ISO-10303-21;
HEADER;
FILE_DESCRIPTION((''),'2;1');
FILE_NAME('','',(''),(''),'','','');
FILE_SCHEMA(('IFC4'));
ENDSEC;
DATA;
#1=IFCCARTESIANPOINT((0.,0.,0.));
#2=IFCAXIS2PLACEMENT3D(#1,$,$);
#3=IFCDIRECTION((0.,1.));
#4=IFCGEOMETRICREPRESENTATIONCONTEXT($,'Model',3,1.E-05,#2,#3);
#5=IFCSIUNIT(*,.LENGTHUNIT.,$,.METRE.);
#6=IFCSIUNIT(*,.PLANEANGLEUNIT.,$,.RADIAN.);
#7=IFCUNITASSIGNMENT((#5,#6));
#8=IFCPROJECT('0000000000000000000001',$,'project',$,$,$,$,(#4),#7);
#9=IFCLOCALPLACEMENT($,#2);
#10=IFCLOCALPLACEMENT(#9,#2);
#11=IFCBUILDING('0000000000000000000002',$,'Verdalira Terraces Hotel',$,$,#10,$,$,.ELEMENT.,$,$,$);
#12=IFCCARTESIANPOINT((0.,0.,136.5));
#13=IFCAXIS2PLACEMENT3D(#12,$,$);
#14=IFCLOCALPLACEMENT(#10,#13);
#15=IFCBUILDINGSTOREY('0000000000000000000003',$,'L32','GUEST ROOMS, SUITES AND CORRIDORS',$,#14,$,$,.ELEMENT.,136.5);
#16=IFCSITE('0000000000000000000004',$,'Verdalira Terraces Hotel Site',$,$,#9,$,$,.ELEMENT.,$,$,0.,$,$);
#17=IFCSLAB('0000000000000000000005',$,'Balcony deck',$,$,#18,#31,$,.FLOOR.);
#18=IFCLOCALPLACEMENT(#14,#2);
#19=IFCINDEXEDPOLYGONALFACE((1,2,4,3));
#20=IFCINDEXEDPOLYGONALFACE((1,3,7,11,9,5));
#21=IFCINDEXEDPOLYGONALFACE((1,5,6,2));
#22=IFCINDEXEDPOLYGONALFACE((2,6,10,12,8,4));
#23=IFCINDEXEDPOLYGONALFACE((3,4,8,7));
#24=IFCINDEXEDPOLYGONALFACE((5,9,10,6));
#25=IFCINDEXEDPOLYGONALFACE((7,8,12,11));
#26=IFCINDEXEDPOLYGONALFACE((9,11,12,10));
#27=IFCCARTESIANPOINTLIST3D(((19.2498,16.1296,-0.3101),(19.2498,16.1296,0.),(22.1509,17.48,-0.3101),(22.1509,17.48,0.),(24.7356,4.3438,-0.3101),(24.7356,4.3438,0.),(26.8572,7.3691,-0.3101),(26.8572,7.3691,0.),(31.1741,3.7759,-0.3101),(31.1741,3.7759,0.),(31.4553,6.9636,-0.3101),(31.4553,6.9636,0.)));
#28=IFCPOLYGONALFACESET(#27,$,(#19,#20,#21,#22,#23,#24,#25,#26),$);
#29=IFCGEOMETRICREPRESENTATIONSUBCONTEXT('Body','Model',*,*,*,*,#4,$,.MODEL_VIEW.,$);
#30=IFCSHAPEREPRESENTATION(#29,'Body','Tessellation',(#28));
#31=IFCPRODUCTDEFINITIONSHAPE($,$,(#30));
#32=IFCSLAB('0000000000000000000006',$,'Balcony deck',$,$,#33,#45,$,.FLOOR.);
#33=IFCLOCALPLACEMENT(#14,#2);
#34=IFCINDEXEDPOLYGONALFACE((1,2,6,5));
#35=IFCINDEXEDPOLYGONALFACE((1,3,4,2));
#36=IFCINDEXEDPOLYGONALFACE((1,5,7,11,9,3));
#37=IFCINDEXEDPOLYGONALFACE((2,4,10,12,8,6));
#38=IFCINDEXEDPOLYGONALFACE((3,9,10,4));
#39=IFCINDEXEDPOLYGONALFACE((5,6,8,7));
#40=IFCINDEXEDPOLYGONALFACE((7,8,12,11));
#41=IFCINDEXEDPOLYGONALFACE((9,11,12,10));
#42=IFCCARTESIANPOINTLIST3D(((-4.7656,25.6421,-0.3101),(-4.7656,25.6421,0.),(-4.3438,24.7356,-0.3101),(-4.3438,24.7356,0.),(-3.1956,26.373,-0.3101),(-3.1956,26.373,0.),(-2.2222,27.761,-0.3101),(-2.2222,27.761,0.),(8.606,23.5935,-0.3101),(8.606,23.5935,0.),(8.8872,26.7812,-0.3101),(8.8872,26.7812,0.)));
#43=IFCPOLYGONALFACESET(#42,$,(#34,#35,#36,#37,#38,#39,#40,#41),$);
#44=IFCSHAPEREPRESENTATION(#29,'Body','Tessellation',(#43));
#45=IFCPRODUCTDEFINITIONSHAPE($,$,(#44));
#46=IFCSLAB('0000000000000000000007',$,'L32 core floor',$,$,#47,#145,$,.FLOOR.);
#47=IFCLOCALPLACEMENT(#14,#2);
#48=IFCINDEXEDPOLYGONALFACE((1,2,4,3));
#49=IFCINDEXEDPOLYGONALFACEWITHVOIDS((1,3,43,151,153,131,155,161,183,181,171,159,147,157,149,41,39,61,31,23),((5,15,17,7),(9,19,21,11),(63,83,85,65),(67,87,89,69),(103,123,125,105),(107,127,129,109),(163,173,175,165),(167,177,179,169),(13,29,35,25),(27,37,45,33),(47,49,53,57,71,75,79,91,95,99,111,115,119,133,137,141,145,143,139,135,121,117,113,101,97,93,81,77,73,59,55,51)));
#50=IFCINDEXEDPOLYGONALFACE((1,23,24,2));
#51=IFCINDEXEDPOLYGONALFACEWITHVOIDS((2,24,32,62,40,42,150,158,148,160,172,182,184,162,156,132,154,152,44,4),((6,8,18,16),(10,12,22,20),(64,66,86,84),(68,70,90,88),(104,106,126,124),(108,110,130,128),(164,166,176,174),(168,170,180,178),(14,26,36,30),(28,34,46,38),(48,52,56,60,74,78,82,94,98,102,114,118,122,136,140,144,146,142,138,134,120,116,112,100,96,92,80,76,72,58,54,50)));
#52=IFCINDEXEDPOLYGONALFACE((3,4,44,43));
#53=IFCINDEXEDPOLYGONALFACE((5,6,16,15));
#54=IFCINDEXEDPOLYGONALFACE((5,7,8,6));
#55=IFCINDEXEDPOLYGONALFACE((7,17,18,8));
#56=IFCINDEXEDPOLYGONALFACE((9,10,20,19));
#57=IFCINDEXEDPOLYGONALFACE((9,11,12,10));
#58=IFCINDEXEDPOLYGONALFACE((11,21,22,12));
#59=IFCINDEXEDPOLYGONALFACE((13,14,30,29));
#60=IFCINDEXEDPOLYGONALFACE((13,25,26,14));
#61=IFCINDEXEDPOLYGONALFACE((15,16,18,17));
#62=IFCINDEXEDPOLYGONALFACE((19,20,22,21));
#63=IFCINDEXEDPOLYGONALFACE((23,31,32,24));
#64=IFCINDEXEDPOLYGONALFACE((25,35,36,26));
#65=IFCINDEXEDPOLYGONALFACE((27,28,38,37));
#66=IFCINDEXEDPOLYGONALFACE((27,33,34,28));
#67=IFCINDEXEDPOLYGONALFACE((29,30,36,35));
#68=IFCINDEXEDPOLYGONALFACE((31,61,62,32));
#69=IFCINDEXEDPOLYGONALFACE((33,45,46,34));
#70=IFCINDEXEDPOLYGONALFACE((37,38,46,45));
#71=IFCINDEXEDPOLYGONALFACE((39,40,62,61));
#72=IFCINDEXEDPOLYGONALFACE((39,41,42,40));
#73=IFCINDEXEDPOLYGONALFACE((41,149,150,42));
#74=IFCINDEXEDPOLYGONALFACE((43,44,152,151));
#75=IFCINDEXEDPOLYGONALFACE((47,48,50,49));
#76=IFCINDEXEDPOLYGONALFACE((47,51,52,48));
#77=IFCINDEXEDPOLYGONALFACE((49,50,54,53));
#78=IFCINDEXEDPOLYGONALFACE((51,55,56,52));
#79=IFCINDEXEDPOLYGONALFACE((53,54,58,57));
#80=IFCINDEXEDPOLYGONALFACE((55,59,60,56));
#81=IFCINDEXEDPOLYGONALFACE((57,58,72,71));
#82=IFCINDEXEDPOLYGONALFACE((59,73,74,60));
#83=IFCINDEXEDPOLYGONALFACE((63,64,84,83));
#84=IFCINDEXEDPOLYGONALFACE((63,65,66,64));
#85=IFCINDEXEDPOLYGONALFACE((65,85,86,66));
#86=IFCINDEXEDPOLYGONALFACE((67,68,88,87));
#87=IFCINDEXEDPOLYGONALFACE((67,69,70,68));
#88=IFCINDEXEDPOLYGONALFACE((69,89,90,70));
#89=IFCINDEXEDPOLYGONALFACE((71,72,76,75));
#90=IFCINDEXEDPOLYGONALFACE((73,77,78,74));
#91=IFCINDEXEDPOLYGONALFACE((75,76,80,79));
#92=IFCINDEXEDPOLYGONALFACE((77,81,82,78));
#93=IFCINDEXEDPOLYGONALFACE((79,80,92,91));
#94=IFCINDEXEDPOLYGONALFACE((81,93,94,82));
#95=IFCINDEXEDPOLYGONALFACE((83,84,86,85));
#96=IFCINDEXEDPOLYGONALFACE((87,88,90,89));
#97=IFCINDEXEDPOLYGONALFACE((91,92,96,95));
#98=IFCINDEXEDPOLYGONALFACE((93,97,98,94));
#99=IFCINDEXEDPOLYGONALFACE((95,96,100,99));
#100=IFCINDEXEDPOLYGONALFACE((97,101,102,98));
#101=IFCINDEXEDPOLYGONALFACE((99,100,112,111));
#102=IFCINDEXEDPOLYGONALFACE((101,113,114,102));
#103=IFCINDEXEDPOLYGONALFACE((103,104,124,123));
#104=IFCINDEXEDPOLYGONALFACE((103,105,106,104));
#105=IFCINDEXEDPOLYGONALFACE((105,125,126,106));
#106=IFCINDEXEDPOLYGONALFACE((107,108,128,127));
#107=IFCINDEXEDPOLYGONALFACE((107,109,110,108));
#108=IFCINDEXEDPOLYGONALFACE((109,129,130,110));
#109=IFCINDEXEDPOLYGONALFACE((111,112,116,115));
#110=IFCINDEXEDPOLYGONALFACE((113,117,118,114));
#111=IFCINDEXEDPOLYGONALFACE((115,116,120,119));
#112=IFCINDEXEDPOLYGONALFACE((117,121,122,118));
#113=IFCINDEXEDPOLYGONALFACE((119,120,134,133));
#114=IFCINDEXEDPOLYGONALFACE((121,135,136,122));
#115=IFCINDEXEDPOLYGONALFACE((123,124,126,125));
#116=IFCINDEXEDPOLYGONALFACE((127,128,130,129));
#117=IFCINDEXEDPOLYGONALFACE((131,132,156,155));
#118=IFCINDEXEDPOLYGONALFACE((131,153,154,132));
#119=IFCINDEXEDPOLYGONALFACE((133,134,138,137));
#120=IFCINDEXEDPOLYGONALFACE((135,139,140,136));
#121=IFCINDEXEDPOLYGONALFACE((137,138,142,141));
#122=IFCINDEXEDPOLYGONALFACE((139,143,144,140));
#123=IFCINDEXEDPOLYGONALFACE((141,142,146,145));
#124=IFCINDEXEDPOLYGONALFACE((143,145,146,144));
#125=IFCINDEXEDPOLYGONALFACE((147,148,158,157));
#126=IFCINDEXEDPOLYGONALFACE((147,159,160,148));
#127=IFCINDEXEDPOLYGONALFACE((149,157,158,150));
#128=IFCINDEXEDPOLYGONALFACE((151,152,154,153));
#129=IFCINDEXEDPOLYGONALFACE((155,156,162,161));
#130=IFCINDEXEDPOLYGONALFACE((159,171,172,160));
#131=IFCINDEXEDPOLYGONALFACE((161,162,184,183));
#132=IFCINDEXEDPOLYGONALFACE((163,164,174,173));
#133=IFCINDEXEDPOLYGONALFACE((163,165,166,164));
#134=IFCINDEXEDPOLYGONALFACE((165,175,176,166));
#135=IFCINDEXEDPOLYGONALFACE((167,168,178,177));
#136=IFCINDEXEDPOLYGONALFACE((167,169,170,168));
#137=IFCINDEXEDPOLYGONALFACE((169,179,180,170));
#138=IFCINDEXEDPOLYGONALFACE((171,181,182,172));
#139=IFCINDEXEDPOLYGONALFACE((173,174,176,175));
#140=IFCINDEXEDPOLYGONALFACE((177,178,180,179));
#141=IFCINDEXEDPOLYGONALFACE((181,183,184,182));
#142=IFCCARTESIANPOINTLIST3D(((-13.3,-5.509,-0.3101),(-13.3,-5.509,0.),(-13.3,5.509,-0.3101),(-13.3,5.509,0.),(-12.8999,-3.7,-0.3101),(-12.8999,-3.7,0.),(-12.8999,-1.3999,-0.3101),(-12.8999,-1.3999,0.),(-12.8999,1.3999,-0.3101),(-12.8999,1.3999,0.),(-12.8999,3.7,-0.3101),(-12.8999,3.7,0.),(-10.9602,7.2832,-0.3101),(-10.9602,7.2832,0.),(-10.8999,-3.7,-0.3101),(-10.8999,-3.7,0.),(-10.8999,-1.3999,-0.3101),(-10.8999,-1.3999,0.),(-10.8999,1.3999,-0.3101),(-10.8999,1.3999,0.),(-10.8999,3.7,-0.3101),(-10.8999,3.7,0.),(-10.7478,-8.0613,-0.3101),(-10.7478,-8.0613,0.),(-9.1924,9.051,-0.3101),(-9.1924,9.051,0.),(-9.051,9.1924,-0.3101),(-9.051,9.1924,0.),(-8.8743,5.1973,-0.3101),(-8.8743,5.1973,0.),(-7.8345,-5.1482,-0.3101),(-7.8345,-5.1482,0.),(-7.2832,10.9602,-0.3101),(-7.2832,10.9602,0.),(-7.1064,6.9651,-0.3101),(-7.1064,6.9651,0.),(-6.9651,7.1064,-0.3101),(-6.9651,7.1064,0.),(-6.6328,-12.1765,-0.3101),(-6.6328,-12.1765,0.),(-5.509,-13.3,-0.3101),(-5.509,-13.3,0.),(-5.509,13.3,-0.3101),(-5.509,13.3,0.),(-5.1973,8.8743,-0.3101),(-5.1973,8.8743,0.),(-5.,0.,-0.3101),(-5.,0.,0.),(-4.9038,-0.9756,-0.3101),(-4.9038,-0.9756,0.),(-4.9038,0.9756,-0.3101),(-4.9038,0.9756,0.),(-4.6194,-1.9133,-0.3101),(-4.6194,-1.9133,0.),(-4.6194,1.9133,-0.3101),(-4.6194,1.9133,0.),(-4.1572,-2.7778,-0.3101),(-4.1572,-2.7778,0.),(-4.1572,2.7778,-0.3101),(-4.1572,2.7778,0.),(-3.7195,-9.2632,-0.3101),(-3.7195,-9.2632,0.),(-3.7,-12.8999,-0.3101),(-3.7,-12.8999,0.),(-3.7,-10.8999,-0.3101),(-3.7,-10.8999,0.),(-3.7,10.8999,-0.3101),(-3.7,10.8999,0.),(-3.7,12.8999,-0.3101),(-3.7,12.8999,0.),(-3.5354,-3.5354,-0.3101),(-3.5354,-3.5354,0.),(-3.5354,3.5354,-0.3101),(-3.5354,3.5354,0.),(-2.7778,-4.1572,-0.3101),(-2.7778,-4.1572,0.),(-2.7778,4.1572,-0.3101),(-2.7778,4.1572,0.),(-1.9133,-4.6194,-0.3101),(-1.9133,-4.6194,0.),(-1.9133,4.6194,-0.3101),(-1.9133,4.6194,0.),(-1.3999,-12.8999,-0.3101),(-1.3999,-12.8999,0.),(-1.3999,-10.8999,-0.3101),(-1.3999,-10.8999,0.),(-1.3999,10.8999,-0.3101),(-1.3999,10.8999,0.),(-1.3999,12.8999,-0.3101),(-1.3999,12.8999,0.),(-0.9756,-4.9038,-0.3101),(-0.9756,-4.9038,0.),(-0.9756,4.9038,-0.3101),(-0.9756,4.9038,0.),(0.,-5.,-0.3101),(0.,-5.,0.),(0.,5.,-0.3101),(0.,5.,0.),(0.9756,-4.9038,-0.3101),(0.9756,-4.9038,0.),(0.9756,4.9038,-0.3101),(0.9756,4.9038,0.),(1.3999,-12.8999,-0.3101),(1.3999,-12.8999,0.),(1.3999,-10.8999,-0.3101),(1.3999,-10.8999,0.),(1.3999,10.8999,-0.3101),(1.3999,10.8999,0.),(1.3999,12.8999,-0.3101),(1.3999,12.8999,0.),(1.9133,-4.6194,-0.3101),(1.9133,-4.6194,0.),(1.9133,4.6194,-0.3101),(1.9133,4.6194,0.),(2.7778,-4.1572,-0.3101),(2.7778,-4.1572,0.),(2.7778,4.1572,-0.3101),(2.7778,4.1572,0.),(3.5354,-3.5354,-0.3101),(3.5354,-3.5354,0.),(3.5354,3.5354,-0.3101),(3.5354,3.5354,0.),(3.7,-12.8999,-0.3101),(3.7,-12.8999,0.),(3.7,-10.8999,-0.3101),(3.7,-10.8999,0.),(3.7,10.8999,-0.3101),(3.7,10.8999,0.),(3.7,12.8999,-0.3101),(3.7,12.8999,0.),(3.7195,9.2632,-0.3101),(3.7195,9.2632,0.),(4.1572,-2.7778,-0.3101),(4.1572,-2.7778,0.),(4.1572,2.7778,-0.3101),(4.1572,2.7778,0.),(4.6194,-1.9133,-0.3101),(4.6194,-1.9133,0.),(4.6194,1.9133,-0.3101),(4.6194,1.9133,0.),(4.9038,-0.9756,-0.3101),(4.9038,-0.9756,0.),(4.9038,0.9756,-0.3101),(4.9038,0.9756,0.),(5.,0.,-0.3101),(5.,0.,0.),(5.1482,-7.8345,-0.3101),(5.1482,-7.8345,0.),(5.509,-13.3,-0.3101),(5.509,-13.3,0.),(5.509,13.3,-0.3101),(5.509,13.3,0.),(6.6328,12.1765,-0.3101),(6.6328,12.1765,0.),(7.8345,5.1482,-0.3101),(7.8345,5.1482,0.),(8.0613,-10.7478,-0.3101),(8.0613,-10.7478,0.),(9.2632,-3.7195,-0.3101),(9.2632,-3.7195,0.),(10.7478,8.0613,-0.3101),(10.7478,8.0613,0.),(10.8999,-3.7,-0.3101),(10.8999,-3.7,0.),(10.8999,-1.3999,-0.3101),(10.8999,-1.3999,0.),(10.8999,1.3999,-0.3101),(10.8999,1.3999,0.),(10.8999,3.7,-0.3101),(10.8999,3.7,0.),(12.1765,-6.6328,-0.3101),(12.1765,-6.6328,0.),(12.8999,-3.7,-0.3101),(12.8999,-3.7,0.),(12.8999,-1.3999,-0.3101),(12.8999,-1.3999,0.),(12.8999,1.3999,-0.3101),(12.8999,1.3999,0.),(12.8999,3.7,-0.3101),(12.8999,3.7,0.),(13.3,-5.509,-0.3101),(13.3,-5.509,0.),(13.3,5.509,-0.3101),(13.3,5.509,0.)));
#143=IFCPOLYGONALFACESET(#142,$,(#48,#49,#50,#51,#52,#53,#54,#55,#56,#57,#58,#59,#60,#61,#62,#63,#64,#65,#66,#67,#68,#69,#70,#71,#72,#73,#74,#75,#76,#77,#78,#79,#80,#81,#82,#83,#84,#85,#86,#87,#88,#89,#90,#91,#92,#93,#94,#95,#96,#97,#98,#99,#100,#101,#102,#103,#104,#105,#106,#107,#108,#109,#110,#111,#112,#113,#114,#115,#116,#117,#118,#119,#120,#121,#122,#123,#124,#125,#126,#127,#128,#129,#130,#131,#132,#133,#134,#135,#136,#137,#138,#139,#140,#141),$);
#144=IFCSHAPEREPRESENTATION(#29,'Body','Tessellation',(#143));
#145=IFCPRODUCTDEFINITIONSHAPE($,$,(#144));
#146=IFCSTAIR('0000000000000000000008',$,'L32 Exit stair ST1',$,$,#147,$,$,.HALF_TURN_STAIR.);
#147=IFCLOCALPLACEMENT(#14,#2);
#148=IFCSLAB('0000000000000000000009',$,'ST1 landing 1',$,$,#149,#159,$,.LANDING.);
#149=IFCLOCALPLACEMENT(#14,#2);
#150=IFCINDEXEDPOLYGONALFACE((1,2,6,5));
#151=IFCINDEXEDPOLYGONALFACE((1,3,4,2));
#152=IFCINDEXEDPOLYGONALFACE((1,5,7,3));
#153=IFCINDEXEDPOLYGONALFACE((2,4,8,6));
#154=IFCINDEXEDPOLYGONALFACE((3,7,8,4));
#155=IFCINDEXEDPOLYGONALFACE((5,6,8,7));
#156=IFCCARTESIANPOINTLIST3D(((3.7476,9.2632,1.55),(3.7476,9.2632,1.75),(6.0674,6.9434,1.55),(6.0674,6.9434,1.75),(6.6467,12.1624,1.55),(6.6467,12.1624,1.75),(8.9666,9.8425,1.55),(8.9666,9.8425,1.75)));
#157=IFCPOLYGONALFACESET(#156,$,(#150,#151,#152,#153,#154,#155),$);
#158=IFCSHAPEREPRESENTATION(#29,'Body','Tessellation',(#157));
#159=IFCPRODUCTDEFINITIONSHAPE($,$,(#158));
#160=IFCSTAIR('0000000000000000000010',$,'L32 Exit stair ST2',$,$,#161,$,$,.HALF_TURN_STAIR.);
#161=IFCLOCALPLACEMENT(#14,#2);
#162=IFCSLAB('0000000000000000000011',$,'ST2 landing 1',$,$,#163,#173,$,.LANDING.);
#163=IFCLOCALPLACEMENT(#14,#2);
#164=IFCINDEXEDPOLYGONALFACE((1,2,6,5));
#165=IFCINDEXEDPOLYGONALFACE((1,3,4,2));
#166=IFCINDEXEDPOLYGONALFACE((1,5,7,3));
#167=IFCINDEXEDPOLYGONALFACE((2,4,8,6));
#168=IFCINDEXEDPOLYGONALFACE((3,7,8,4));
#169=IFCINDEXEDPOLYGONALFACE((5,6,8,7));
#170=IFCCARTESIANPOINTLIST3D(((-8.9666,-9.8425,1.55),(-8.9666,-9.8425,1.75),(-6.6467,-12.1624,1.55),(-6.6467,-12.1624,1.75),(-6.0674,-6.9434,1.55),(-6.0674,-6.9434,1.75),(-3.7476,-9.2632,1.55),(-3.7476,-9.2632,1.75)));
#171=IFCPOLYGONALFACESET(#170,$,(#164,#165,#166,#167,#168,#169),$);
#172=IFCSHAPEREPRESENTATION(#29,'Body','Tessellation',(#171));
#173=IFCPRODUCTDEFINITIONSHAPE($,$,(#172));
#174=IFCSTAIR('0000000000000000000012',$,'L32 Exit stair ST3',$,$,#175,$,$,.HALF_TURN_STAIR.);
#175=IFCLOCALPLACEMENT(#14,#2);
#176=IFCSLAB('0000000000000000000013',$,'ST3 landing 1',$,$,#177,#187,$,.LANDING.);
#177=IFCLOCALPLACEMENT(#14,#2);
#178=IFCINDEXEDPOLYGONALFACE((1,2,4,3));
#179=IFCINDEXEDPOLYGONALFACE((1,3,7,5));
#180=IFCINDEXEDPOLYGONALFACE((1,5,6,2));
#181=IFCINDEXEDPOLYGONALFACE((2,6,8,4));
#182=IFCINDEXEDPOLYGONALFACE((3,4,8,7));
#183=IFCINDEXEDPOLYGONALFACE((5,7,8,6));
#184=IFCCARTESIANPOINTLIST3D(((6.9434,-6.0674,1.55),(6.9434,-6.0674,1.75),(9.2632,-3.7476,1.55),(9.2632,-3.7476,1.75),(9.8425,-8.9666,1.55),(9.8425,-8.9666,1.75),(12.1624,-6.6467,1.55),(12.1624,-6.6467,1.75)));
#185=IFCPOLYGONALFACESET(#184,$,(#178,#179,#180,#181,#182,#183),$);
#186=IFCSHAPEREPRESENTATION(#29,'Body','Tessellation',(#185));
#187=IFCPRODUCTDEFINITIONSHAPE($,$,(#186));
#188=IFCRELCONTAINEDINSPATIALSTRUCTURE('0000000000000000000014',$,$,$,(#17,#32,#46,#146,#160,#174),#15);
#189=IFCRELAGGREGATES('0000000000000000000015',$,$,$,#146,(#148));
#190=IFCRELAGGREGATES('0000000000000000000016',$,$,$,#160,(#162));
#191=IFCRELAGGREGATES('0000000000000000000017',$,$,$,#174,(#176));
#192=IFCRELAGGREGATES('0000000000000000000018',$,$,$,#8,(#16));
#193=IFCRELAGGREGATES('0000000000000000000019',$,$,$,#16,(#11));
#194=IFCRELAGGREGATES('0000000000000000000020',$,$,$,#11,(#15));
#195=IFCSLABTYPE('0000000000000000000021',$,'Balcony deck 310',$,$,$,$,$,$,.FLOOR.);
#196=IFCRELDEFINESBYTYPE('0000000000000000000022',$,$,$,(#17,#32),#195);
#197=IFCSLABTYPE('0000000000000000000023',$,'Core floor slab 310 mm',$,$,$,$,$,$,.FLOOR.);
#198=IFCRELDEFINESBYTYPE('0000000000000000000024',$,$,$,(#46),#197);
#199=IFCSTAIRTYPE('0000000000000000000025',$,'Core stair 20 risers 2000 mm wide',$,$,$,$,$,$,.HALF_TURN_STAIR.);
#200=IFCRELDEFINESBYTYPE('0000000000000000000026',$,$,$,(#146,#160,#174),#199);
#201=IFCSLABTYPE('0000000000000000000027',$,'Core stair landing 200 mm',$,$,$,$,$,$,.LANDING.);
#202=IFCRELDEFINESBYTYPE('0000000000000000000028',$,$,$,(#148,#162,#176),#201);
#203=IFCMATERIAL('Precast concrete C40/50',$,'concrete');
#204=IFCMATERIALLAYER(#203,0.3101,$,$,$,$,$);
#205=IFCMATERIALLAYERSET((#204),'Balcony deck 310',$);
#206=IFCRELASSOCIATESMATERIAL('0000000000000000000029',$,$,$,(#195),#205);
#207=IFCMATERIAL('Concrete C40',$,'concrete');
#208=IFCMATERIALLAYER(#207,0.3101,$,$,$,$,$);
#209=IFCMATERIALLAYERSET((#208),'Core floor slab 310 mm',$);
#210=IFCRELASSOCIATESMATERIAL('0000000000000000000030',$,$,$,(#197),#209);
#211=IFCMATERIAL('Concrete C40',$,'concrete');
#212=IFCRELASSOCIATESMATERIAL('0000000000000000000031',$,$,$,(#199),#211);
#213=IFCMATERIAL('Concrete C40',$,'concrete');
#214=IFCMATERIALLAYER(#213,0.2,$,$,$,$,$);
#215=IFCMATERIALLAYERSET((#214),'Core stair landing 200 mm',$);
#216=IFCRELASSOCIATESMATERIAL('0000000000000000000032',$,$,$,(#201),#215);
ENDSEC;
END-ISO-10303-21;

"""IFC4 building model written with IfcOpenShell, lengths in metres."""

from ifc_helpers import new_model, si_unit, direction, frame, origin, place, context, subcontext, project, spatial, polyline, outline, extrude, material, layer, layer_set, type_object, element, aggregate, save


model = new_model("IFC4")

# Units and contexts
model_context = context("Model", 3, precision=1e-05, world=origin(), true_north=direction((0.0, 1.0)))
body_context = subcontext(model_context, "Body", "Model", "MODEL_VIEW")
ifc_project = project(units=[si_unit("LENGTHUNIT", "METRE"), si_unit("PLANEANGLEUNIT", "RADIAN")], contexts=[model_context])

# Site, building, storey
site_placement = place(None, origin())
site = spatial("IfcSite", under=ifc_project, at=site_placement, Name="Verdalira Terraces Hotel Site", CompositionType="ELEMENT", RefElevation=0.0)
building_placement = place(site_placement, origin())
building = spatial("IfcBuilding", under=site, at=building_placement, Name="Verdalira Terraces Hotel", CompositionType="ELEMENT")
storey_placement = place(building_placement, frame((0.0, 0.0, 136.5)))
storey = spatial("IfcBuildingStorey", under=building, at=storey_placement, Name="L32", Description="GUEST ROOMS, SUITES AND CORRIDORS", CompositionType="ELEMENT", Elevation=136.5)

# Slabs
ifc_material_1 = material(Name="Precast concrete C40/50", Category="concrete")
ifc_layer_1 = layer(ifc_material_1, 0.3101)
ifc_layer_set_1 = layer_set([ifc_layer_1], Name="Balcony deck 310")
slab_type_1 = type_object("IfcSlabType", Name="Balcony deck 310", PredefinedType="FLOOR", material=ifc_layer_set_1)
slab_1_placement = place(storey_placement, frame((0.0, 0.0, -0.3101)))
element("IfcSlab", 1, at=slab_1_placement, inside=storey, type_object=slab_type_1, Name="Balcony deck", PredefinedType="FLOOR", context=body_context, shape_type="SweptSolid", body=[
    extrude(outline(polyline([(22.1509, 17.48), (19.2498, 16.1296), (24.7356, 4.3438), (31.1741, 3.7759), (31.4553, 6.9636), (26.8572, 7.3691), (22.1509, 17.48)])), origin(), (0.0, 0.0, 1.0), 0.3101),
])
slab_2_placement = place(storey_placement, frame((0.0, 0.0, -0.3101)))
element("IfcSlab", 2, at=slab_2_placement, inside=storey, type_object=slab_type_1, Name="Balcony deck", PredefinedType="FLOOR", context=body_context, shape_type="SweptSolid", body=[
    extrude(outline(polyline([(-2.2222, 27.761), (-3.1956, 26.373), (-4.7656, 25.6421), (-4.3438, 24.7356), (8.606, 23.5935), (8.8872, 26.7812), (-2.2222, 27.761)])), origin(), (0.0, 0.0, 1.0), 0.3101),
])
ifc_material_2 = material(Name="Concrete C40", Category="concrete")
ifc_layer_2 = layer(ifc_material_2, 0.3101)
ifc_layer_set_2 = layer_set([ifc_layer_2], Name="Core floor slab 310 mm")
slab_type_2 = type_object("IfcSlabType", Name="Core floor slab 310 mm", PredefinedType="FLOOR", material=ifc_layer_set_2)
slab_3_placement = place(storey_placement, frame((0.0, 0.0, -0.3101)))
element("IfcSlab", 3, at=slab_3_placement, inside=storey, type_object=slab_type_2, Name="L32 core floor", PredefinedType="FLOOR", context=body_context, shape_type="SweptSolid", body=[
    extrude(outline(polyline([(-5.509, 13.3), (5.509, 13.3), (6.6328, 12.1765), (3.7195, 9.2632), (7.8345, 5.1482), (10.7478, 8.0613), (13.3, 5.509), (13.3, -5.509), (12.1765, -6.6328), (9.2632, -3.7195), (5.1482, -7.8345), (8.0613, -10.7478), (5.509, -13.3), (-5.509, -13.3), (-6.6328, -12.1765), (-3.7195, -9.2632), (-7.8345, -5.1482), (-10.7478, -8.0613), (-13.3, -5.509), (-13.3, 5.509), (-5.509, 13.3)]), holes=[polyline([(12.8999, -3.7), (12.8999, -1.3999), (10.8999, -1.3999), (10.8999, -3.7), (12.8999, -3.7)]), polyline([(12.8999, 1.3999), (12.8999, 3.7), (10.8999, 3.7), (10.8999, 1.3999), (12.8999, 1.3999)]), polyline([(1.3999, 10.8999), (3.7, 10.8999), (3.7, 12.8999), (1.3999, 12.8999), (1.3999, 10.8999)]), polyline([(-3.7, 10.8999), (-1.3999, 10.8999), (-1.3999, 12.8999), (-3.7, 12.8999), (-3.7, 10.8999)]), polyline([(-12.8999, 3.7), (-12.8999, 1.3999), (-10.8999, 1.3999), (-10.8999, 3.7), (-12.8999, 3.7)]), polyline([(-12.8999, -1.3999), (-12.8999, -3.7), (-10.8999, -3.7), (-10.8999, -1.3999), (-12.8999, -1.3999)]), polyline([(-1.3999, -10.8999), (-3.7, -10.8999), (-3.7, -12.8999), (-1.3999, -12.8999), (-1.3999, -10.8999)]), polyline([(3.7, -10.8999), (1.3999, -10.8999), (1.3999, -12.8999), (3.7, -12.8999), (3.7, -10.8999)]), polyline([(-9.051, 9.1924), (-6.9651, 7.1064), (-5.1973, 8.8743), (-7.2832, 10.9602), (-9.051, 9.1924)]), polyline([(-9.1924, 9.051), (-10.9602, 7.2832), (-8.8743, 5.1973), (-7.1064, 6.9651), (-9.1924, 9.051)]), polyline([(3.5354, 3.5354), (2.7778, 4.1572), (1.9133, 4.6194), (0.9756, 4.9038), (0.0, 5.0), (-0.9756, 4.9038), (-1.9133, 4.6194), (-2.7778, 4.1572), (-3.5354, 3.5354), (-4.1572, 2.7778), (-4.6194, 1.9133), (-4.9038, 0.9756), (-5.0, 0.0), (-4.9038, -0.9756), (-4.6194, -1.9133), (-4.1572, -2.7778), (-3.5354, -3.5354), (-2.7778, -4.1572), (-1.9133, -4.6194), (-0.9756, -4.9038), (0.0, -5.0), (0.9756, -4.9038), (1.9133, -4.6194), (2.7778, -4.1572), (3.5354, -3.5354), (4.1572, -2.7778), (4.6194, -1.9133), (4.9038, -0.9756), (5.0, 0.0), (4.9038, 0.9756), (4.6194, 1.9133), (4.1572, 2.7778), (3.5354, 3.5354)])]), origin(), (0.0, 0.0, 1.0), 0.3101),
])

# Stairs, slabs
ifc_material_3 = material(Name="Concrete C40", Category="concrete")
stair_type = type_object("IfcStairType", Name="Core stair 20 risers 2000 mm wide", PredefinedType="HALF_TURN_STAIR", material=ifc_material_3)
stair_1_placement = place(storey_placement, origin())
stair_1 = element("IfcStair", 4, at=stair_1_placement, inside=storey, type_object=stair_type, Name="L32 Exit stair ST1", PredefinedType="HALF_TURN_STAIR")
ifc_material_4 = material(Name="Concrete C40", Category="concrete")
ifc_layer_3 = layer(ifc_material_4, 0.2)
ifc_layer_set_3 = layer_set([ifc_layer_3], Name="Core stair landing 200 mm")
slab_type_3 = type_object("IfcSlabType", Name="Core stair landing 200 mm", PredefinedType="LANDING", material=ifc_layer_set_3)
slab_4_placement = place(storey_placement, frame((0.0, 0.0, 1.55)))
slab_4 = element("IfcSlab", 5, at=slab_4_placement, type_object=slab_type_3, Name="ST1 landing 1", PredefinedType="LANDING", context=body_context, shape_type="SweptSolid", body=[
    extrude(outline(polyline([(8.9666, 9.8425), (6.6467, 12.1624), (3.7476, 9.2632), (6.0674, 6.9434), (8.9666, 9.8425)])), origin(), (0.0, 0.0, 1.0), 0.2),
])
aggregate(stair_1, [slab_4])
stair_2_placement = place(storey_placement, origin())
stair_2 = element("IfcStair", 6, at=stair_2_placement, inside=storey, type_object=stair_type, Name="L32 Exit stair ST2", PredefinedType="HALF_TURN_STAIR")
slab_5_placement = place(storey_placement, frame((0.0, 0.0, 1.55)))
slab_5 = element("IfcSlab", 7, at=slab_5_placement, type_object=slab_type_3, Name="ST2 landing 1", PredefinedType="LANDING", context=body_context, shape_type="SweptSolid", body=[
    extrude(outline(polyline([(-8.9666, -9.8425), (-6.6467, -12.1624), (-3.7476, -9.2632), (-6.0674, -6.9434), (-8.9666, -9.8425)])), origin(), (0.0, 0.0, 1.0), 0.2),
])
aggregate(stair_2, [slab_5])
stair_3_placement = place(storey_placement, origin())
stair_3 = element("IfcStair", 8, at=stair_3_placement, inside=storey, type_object=stair_type, Name="L32 Exit stair ST3", PredefinedType="HALF_TURN_STAIR")
slab_6_placement = place(storey_placement, frame((0.0, 0.0, 1.55)))
slab_6 = element("IfcSlab", 9, at=slab_6_placement, type_object=slab_type_3, Name="ST3 landing 1", PredefinedType="LANDING", context=body_context, shape_type="SweptSolid", body=[
    extrude(outline(polyline([(9.8425, -8.9666), (12.1624, -6.6467), (9.2632, -3.7476), (6.9434, -6.0674), (9.8425, -8.9666)])), origin(), (0.0, 0.0, 1.0), 0.2),
])
aggregate(stair_3, [slab_6])

save(model, "model.ifc")
